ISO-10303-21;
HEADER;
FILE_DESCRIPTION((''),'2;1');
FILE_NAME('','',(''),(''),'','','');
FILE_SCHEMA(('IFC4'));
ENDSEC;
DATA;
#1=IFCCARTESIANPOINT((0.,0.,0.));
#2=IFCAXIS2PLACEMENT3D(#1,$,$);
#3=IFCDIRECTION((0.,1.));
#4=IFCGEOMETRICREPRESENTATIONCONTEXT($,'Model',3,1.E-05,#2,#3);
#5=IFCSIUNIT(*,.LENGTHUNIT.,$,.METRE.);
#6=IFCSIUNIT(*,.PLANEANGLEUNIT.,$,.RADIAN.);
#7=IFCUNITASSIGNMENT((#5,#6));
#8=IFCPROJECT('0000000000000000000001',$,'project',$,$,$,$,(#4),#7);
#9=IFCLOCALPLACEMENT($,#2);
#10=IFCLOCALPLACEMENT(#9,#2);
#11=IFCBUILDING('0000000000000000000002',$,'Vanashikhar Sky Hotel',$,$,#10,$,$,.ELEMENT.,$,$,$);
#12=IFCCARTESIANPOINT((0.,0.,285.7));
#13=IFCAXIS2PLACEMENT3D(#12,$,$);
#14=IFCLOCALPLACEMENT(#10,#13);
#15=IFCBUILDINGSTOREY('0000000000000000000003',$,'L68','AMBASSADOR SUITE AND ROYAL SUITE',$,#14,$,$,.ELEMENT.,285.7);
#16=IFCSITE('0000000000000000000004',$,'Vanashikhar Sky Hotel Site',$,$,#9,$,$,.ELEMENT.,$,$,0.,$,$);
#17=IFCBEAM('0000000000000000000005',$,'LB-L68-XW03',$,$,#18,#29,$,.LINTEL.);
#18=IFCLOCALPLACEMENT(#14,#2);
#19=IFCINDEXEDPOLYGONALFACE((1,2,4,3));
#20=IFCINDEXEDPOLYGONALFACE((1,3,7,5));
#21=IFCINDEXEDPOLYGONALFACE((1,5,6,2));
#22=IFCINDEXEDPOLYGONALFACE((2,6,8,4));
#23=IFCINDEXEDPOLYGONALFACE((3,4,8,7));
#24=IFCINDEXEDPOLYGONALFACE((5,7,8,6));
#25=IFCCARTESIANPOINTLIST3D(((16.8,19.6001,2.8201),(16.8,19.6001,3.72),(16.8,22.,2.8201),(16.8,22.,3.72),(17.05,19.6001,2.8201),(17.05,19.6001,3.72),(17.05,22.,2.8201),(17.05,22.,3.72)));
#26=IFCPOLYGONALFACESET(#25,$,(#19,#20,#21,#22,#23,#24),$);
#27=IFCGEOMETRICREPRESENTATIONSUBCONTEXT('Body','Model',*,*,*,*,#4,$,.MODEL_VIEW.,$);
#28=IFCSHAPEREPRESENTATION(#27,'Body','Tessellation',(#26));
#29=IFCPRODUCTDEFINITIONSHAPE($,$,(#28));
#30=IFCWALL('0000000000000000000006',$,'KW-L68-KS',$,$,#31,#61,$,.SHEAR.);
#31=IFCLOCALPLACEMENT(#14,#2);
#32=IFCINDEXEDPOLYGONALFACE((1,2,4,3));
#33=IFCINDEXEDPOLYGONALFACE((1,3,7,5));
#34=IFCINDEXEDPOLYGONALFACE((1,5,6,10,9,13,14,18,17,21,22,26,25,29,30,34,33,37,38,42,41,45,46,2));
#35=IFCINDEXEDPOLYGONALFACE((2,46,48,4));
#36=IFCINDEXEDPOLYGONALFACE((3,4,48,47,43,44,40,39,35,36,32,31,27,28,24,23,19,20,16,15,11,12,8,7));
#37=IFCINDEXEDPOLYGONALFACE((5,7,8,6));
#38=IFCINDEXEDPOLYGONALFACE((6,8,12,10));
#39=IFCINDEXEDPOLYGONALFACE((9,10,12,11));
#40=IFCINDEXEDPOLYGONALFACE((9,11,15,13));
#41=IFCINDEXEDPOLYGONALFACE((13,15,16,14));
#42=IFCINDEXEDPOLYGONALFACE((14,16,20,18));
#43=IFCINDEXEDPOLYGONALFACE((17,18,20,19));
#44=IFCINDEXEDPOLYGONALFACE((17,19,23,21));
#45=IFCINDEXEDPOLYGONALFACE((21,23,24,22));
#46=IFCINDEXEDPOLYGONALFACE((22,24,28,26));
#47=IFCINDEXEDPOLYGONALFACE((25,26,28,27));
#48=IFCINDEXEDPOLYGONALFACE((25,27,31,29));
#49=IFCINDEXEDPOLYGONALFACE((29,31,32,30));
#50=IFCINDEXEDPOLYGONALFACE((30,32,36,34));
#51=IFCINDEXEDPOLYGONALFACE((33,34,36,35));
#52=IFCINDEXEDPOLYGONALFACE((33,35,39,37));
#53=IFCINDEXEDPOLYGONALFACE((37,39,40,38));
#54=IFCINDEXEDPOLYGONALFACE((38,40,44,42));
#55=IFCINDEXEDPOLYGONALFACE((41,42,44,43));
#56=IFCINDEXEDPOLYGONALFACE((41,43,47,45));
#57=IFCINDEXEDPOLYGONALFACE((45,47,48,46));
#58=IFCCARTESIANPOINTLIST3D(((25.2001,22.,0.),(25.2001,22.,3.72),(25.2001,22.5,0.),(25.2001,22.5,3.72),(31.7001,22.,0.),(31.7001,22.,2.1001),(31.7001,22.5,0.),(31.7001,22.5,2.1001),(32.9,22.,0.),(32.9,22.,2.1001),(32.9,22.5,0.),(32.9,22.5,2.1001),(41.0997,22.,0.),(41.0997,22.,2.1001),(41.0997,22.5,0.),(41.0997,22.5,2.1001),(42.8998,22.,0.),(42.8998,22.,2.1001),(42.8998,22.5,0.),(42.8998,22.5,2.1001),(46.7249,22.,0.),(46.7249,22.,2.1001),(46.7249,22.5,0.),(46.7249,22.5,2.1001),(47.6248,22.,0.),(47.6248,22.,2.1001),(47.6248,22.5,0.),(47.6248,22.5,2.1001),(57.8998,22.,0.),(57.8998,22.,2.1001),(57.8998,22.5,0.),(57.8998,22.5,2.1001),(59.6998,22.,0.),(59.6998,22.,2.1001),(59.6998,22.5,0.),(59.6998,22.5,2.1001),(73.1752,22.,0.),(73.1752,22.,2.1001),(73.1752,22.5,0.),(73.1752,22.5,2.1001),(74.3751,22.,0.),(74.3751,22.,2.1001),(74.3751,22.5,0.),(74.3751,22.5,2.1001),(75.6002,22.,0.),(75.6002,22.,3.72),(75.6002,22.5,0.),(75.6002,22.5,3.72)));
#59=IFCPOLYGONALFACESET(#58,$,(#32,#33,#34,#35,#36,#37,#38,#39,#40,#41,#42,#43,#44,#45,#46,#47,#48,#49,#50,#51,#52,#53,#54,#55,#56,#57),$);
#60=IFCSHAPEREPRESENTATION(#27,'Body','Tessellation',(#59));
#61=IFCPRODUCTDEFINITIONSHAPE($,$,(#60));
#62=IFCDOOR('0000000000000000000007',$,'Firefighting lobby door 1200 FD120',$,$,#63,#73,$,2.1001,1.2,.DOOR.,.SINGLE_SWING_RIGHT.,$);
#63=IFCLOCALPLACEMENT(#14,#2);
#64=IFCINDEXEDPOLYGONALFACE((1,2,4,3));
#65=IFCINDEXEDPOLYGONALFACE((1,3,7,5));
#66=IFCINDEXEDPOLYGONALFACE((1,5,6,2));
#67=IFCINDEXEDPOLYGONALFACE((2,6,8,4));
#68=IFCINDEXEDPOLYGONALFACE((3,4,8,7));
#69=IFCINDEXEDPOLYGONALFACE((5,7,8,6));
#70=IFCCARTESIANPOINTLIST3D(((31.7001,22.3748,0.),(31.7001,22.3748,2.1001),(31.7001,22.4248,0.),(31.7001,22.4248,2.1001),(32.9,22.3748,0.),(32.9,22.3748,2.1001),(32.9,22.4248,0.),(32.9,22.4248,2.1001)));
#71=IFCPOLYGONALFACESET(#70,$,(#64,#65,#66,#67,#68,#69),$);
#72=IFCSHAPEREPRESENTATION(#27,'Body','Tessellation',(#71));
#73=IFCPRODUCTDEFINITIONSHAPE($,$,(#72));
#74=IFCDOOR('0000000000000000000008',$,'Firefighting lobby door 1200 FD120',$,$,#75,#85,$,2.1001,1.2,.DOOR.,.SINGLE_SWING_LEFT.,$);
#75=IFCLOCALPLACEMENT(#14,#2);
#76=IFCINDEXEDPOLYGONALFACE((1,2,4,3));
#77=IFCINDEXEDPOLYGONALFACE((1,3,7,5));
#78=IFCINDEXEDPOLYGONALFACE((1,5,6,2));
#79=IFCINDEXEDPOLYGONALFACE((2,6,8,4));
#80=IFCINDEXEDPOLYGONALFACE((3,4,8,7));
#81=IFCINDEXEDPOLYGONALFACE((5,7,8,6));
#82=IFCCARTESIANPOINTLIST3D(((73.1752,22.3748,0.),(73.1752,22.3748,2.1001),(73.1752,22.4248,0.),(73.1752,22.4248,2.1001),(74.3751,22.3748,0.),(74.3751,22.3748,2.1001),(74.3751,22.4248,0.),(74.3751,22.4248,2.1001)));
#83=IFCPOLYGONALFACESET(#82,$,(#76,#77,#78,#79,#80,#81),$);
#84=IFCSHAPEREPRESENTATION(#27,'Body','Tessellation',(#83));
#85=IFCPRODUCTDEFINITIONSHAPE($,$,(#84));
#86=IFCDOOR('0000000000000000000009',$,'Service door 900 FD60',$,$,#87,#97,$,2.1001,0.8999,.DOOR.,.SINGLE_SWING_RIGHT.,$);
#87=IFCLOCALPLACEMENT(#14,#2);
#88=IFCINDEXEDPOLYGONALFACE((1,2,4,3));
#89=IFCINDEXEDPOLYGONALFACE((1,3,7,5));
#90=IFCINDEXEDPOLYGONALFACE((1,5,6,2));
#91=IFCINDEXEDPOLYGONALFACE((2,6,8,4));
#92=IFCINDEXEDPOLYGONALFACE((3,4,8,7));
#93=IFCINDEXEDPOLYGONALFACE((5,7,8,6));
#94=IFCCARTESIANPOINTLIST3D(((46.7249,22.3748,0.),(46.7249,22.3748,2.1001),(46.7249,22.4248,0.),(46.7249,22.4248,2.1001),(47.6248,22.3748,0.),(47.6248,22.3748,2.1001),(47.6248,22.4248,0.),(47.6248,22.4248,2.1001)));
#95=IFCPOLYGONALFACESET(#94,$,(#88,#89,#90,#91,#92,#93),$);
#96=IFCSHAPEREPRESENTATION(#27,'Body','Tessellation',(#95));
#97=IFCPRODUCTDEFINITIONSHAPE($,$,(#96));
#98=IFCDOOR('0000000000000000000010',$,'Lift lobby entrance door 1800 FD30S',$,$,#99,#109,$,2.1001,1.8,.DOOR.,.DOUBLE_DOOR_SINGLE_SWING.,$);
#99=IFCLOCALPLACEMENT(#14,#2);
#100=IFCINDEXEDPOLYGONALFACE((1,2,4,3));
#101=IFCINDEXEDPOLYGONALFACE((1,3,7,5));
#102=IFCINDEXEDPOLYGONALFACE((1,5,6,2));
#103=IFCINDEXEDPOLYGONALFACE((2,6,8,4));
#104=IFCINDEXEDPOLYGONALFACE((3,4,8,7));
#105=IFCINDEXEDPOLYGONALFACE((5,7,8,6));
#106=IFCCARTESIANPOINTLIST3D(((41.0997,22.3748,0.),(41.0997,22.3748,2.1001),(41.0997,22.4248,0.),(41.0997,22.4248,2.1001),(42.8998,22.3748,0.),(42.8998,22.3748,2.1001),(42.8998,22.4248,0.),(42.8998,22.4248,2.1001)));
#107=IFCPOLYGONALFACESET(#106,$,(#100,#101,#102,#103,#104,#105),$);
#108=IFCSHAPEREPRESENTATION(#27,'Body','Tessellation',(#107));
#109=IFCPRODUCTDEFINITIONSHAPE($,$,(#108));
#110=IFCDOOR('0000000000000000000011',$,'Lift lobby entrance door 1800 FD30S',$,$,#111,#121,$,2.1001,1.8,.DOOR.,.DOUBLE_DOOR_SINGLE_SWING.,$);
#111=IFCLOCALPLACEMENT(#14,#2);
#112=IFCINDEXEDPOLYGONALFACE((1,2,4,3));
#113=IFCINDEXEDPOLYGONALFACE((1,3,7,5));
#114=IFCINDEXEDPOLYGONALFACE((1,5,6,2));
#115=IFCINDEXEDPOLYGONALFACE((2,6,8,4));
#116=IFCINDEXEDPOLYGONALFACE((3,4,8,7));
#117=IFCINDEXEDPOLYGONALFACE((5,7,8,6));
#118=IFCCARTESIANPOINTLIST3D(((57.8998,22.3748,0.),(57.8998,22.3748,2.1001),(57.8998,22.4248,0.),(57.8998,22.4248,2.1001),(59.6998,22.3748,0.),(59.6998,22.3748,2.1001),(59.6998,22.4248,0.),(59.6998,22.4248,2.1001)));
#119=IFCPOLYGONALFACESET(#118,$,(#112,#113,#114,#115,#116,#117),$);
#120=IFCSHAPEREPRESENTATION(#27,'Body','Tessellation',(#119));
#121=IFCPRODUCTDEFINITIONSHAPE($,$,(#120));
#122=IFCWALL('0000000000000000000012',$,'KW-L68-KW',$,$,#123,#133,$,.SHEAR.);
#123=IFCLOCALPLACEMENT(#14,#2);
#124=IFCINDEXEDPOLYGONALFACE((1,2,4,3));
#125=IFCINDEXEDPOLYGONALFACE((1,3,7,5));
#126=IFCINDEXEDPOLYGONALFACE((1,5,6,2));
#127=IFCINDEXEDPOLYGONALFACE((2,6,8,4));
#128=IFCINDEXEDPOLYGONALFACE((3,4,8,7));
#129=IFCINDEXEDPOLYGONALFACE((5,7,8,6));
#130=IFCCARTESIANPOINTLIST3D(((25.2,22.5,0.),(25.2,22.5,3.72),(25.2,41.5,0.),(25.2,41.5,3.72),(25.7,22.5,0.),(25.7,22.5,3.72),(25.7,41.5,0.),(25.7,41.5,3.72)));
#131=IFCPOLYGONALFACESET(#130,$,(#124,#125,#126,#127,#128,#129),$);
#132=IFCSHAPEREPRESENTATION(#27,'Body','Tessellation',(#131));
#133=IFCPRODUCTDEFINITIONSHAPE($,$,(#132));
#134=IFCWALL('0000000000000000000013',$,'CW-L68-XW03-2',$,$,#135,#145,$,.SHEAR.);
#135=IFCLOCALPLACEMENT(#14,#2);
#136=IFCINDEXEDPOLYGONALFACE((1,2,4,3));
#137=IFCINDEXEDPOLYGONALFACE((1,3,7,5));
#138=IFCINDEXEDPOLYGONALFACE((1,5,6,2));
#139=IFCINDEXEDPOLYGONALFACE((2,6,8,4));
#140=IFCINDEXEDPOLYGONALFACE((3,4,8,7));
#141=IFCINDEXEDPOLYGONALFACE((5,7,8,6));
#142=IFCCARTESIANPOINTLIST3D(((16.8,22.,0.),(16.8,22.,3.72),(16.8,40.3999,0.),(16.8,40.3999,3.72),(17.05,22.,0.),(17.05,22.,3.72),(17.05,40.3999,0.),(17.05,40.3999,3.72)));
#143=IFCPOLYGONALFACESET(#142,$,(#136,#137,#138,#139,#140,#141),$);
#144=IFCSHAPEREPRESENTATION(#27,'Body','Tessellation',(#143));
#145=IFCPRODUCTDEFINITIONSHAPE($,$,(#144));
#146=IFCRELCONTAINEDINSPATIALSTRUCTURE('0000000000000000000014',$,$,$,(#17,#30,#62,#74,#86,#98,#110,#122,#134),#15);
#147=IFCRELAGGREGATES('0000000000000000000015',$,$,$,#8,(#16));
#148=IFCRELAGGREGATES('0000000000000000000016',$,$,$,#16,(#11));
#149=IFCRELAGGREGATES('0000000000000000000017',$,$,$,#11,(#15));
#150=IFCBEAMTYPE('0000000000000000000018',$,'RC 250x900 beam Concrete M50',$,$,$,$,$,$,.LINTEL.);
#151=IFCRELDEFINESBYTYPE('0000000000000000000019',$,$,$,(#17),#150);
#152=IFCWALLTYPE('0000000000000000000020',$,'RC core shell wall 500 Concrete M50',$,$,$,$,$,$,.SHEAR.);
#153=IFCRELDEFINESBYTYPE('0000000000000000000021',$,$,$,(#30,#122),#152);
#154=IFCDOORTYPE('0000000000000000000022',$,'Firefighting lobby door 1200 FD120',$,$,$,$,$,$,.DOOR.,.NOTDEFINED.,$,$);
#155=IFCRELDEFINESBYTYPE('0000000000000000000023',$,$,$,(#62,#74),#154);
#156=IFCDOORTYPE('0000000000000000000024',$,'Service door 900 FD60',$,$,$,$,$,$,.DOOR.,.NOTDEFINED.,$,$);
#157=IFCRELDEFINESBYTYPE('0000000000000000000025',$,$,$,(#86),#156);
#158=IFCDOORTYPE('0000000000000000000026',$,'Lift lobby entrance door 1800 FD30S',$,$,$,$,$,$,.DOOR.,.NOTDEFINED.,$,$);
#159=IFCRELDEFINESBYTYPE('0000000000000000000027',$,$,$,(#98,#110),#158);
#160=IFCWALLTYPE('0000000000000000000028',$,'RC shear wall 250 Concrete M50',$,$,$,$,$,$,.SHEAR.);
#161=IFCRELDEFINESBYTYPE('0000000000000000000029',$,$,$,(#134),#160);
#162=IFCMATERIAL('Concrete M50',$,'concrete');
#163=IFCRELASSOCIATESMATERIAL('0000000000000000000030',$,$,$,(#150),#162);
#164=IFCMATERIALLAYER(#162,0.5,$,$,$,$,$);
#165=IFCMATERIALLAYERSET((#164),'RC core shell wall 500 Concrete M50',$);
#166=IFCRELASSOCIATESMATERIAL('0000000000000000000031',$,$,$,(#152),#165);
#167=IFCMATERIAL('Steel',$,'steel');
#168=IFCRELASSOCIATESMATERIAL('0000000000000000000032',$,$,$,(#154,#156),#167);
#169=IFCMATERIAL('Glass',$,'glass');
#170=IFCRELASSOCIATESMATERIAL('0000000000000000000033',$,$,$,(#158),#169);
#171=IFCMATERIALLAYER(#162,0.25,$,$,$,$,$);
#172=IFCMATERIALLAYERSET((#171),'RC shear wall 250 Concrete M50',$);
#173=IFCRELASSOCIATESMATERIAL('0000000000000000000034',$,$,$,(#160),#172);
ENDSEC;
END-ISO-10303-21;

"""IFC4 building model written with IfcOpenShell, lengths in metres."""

from ifc_helpers import new_model, si_unit, direction, frame, frame_2d, origin, origin_2d, place, context, subcontext, project, spatial, rectangle, extrude, source, transform, mapped, material, layer, layer_set, material_profile, profile_set, type_object, element, fill, save


model = new_model("IFC4")

# Units and contexts
model_context = context("Model", 3, precision=1e-05, world=origin(), true_north=direction((0.0, 1.0)))
body_context = subcontext(model_context, "Body", "Model", "MODEL_VIEW")
ifc_project = project(units=[si_unit("LENGTHUNIT", "METRE"), si_unit("PLANEANGLEUNIT", "RADIAN")], contexts=[model_context])

# Site, building, storey
site_placement = place(None, origin())
site = spatial("IfcSite", under=ifc_project, at=site_placement, Name="Vanashikhar Sky Hotel Site", CompositionType="ELEMENT", RefElevation=0.0)
building_placement = place(site_placement, origin())
building = spatial("IfcBuilding", under=site, at=building_placement, Name="Vanashikhar Sky Hotel", CompositionType="ELEMENT")
storey_placement = place(building_placement, frame((0.0, 0.0, 285.7)))
storey = spatial("IfcBuildingStorey", under=building, at=storey_placement, Name="L68", Description="AMBASSADOR SUITE AND ROYAL SUITE", CompositionType="ELEMENT", Elevation=285.7)

# Beam
ifc_material_1 = material(Name="Concrete M50", Category="concrete")
ifc_material_profile = material_profile(ifc_material_1, rectangle(XDim=0.25, YDim=0.8999, at=origin_2d()))
ifc_profile_set = profile_set([ifc_material_profile], Name="RC 250x900 beam Concrete M50")
beam_type = type_object("IfcBeamType", Name="RC 250x900 beam Concrete M50", PredefinedType="LINTEL", material=ifc_profile_set)
shared_shape_1 = source(origin(), body_context, "Body", "SweptSolid", [
    extrude(rectangle(XDim=0.25, YDim=0.8999, at=origin_2d()), origin(), (0.0, 0.0, 1.0), 2.3999),
])
beam_placement = place(storey_placement, frame((16.925, 19.6001, 3.27), z_axis=(0.0, 1.0, 0.0), x_axis=(-1.0, 0.0, 0.0)))
element("IfcBeam", 1, at=beam_placement, inside=storey, type_object=beam_type, Name="LB-L68-XW03", PredefinedType="LINTEL", context=body_context, shape_type="MappedRepresentation", body=[
    mapped(shared_shape_1, transform((0.0, 0.0, 0.0), scale=1.0)),
])

# Wall, openings, doors
ifc_layer_1 = layer(ifc_material_1, 0.5)
ifc_layer_set_1 = layer_set([ifc_layer_1], Name="RC core shell wall 500 Concrete M50")
wall_type_1 = type_object("IfcWallType", Name="RC core shell wall 500 Concrete M50", PredefinedType="SHEAR", material=ifc_layer_set_1)
shared_shape_2 = source(origin(), body_context, "Body", "SweptSolid", [
    extrude(rectangle(XDim=50.4001, YDim=0.5, at=frame_2d((25.2002, 0.0))), origin(), (0.0, 0.0, 1.0), 3.72),
])
wall_1_placement = place(storey_placement, frame((25.2, 22.25, 0.0), z_axis=(0.0, 0.0, 1.0), x_axis=(1.0, 0.0, 0.0)))
wall_1 = element("IfcWall", 2, at=wall_1_placement, inside=storey, type_object=wall_type_1, Name="KW-L68-KS", PredefinedType="SHEAR", context=body_context, shape_type="MappedRepresentation", body=[
    mapped(shared_shape_2, transform((0.0, 0.0, 0.0), scale=1.0)),
])
shared_shape_3 = source(origin(), body_context, "Body", "SweptSolid", [
    extrude(rectangle(XDim=1.8, YDim=2.1001, at=frame_2d((0.8999, 1.05))), frame((0.0, 0.26, 0.0), z_axis=(0.0, -1.0, 0.0), x_axis=(1.0, 0.0, 0.0)), (0.0, 0.0, 1.0), 0.52),
])
opening_1_placement = place(wall_1_placement, frame((15.8999, 0.0, 0.0)))
opening_1 = element("IfcOpeningElement", 3, at=opening_1_placement, cuts=wall_1, PredefinedType="OPENING", context=body_context, shape_type="MappedRepresentation", body=[
    mapped(shared_shape_3, transform((0.0, 0.0, 0.0), scale=1.0)),
])
shared_shape_4 = source(origin(), body_context, "Body", "SweptSolid", [
    extrude(rectangle(XDim=0.8999, YDim=2.1001, at=frame_2d((0.45, 1.05))), frame((0.0, 0.26, 0.0), z_axis=(0.0, -1.0, 0.0), x_axis=(1.0, 0.0, 0.0)), (0.0, 0.0, 1.0), 0.52),
])
opening_2_placement = place(wall_1_placement, frame((21.5249, 0.0, 0.0)))
opening_2 = element("IfcOpeningElement", 4, at=opening_2_placement, cuts=wall_1, PredefinedType="OPENING", context=body_context, shape_type="MappedRepresentation", body=[
    mapped(shared_shape_4, transform((0.0, 0.0, 0.0), scale=1.0)),
])
opening_3_placement = place(wall_1_placement, frame((32.7, 0.0, 0.0)))
opening_3 = element("IfcOpeningElement", 5, at=opening_3_placement, cuts=wall_1, PredefinedType="OPENING", context=body_context, shape_type="MappedRepresentation", body=[
    mapped(shared_shape_3, transform((0.0, 0.0, 0.0), scale=1.0)),
])
shared_shape_5 = source(origin(), body_context, "Body", "SweptSolid", [
    extrude(rectangle(XDim=1.2, YDim=2.1001, at=frame_2d((0.6001, 1.05))), frame((0.0, 0.26, 0.0), z_axis=(0.0, -1.0, 0.0), x_axis=(1.0, 0.0, 0.0)), (0.0, 0.0, 1.0), 0.52),
])
opening_4_placement = place(wall_1_placement, frame((6.5, 0.0, 0.0)))
opening_4 = element("IfcOpeningElement", 6, at=opening_4_placement, cuts=wall_1, PredefinedType="OPENING", context=body_context, shape_type="MappedRepresentation", body=[
    mapped(shared_shape_5, transform((0.0, 0.0, 0.0), scale=1.0)),
])
opening_5_placement = place(wall_1_placement, frame((47.9751, 0.0, 0.0)))
opening_5 = element("IfcOpeningElement", 7, at=opening_5_placement, cuts=wall_1, PredefinedType="OPENING", context=body_context, shape_type="MappedRepresentation", body=[
    mapped(shared_shape_5, transform((0.0, 0.0, 0.0), scale=1.0)),
])
ifc_material_2 = material(Name="Steel", Category="steel")
door_type_1 = type_object("IfcDoorType", Name="Firefighting lobby door 1200 FD120", OperationType="NOTDEFINED", PredefinedType="DOOR", material=ifc_material_2)
shared_shape_6 = source(origin(), body_context, "Body", "SweptSolid", [
    extrude(rectangle(XDim=1.2, YDim=2.1001, at=frame_2d((0.6001, 1.05))), frame((0.0, 0.1748, 0.0), z_axis=(0.0, -1.0, 0.0), x_axis=(1.0, 0.0, 0.0)), (0.0, 0.0, 1.0), 0.05),
])
door_1_placement = place(opening_4_placement, origin())
door_1 = element("IfcDoor", 8, at=door_1_placement, inside=storey, type_object=door_type_1, Name="Firefighting lobby door 1200 FD120", OperationType="SINGLE_SWING_RIGHT", OverallHeight=2.1001, OverallWidth=1.2, PredefinedType="DOOR", context=body_context, shape_type="MappedRepresentation", body=[
    mapped(shared_shape_6, transform((0.0, 0.0, 0.0), scale=1.0)),
])
fill(opening_4, door_1)
door_2_placement = place(opening_5_placement, origin())
door_2 = element("IfcDoor", 9, at=door_2_placement, inside=storey, type_object=door_type_1, Name="Firefighting lobby door 1200 FD120", OperationType="SINGLE_SWING_LEFT", OverallHeight=2.1001, OverallWidth=1.2, PredefinedType="DOOR", context=body_context, shape_type="MappedRepresentation", body=[
    mapped(shared_shape_6, transform((0.0, 0.0, 0.0), scale=1.0)),
])
fill(opening_5, door_2)
door_type_2 = type_object("IfcDoorType", Name="Service door 900 FD60", OperationType="NOTDEFINED", PredefinedType="DOOR", material=ifc_material_2)
shared_shape_7 = source(origin(), body_context, "Body", "SweptSolid", [
    extrude(rectangle(XDim=0.8999, YDim=2.1001, at=frame_2d((0.45, 1.05))), frame((0.0, 0.1748, 0.0), z_axis=(0.0, -1.0, 0.0), x_axis=(1.0, 0.0, 0.0)), (0.0, 0.0, 1.0), 0.05),
])
door_3_placement = place(opening_2_placement, origin())
door_3 = element("IfcDoor", 10, at=door_3_placement, inside=storey, type_object=door_type_2, Name="Service door 900 FD60", OperationType="SINGLE_SWING_RIGHT", OverallHeight=2.1001, OverallWidth=0.8999, PredefinedType="DOOR", context=body_context, shape_type="MappedRepresentation", body=[
    mapped(shared_shape_7, transform((0.0, 0.0, 0.0), scale=1.0)),
])
fill(opening_2, door_3)
ifc_material_3 = material(Name="Glass", Category="glass")
door_type_3 = type_object("IfcDoorType", Name="Lift lobby entrance door 1800 FD30S", OperationType="NOTDEFINED", PredefinedType="DOOR", material=ifc_material_3)
shared_shape_8 = source(origin(), body_context, "Body", "SweptSolid", [
    extrude(rectangle(XDim=1.8, YDim=2.1001, at=frame_2d((0.8999, 1.05))), frame((0.0, 0.1748, 0.0), z_axis=(0.0, -1.0, 0.0), x_axis=(1.0, 0.0, 0.0)), (0.0, 0.0, 1.0), 0.05),
])
door_4_placement = place(opening_1_placement, origin())
door_4 = element("IfcDoor", 11, at=door_4_placement, inside=storey, type_object=door_type_3, Name="Lift lobby entrance door 1800 FD30S", OperationType="DOUBLE_DOOR_SINGLE_SWING", OverallHeight=2.1001, OverallWidth=1.8, PredefinedType="DOOR", context=body_context, shape_type="MappedRepresentation", body=[
    mapped(shared_shape_8, transform((0.0, 0.0, 0.0), scale=1.0)),
])
fill(opening_1, door_4)
door_5_placement = place(opening_3_placement, origin())
door_5 = element("IfcDoor", 12, at=door_5_placement, inside=storey, type_object=door_type_3, Name="Lift lobby entrance door 1800 FD30S", OperationType="DOUBLE_DOOR_SINGLE_SWING", OverallHeight=2.1001, OverallWidth=1.8, PredefinedType="DOOR", context=body_context, shape_type="MappedRepresentation", body=[
    mapped(shared_shape_8, transform((0.0, 0.0, 0.0), scale=1.0)),
])
fill(opening_3, door_5)

# Walls
shared_shape_9 = source(origin(), body_context, "Body", "SweptSolid", [
    extrude(rectangle(XDim=19.0, YDim=0.5, at=frame_2d((9.5, 0.0))), origin(), (0.0, 0.0, 1.0), 3.72),
])
wall_2_placement = place(storey_placement, frame((25.45, 22.5, 0.0), z_axis=(0.0, 0.0, 1.0), x_axis=(0.0, 1.0, 0.0)))
element("IfcWall", 13, at=wall_2_placement, inside=storey, type_object=wall_type_1, Name="KW-L68-KW", PredefinedType="SHEAR", context=body_context, shape_type="MappedRepresentation", body=[
    mapped(shared_shape_9, transform((0.0, 0.0, 0.0), scale=1.0)),
])
ifc_layer_2 = layer(ifc_material_1, 0.25)
ifc_layer_set_2 = layer_set([ifc_layer_2], Name="RC shear wall 250 Concrete M50")
wall_type_2 = type_object("IfcWallType", Name="RC shear wall 250 Concrete M50", PredefinedType="SHEAR", material=ifc_layer_set_2)
shared_shape_10 = source(origin(), body_context, "Body", "SweptSolid", [
    extrude(rectangle(XDim=18.3999, YDim=0.25, at=frame_2d((9.2, 0.0))), origin(), (0.0, 0.0, 1.0), 3.72),
])
wall_3_placement = place(storey_placement, frame((16.925, 22.0, 0.0), z_axis=(0.0, 0.0, 1.0), x_axis=(0.0, 1.0, 0.0)))
element("IfcWall", 14, at=wall_3_placement, inside=storey, type_object=wall_type_2, Name="CW-L68-XW03-2", PredefinedType="SHEAR", context=body_context, shape_type="MappedRepresentation", body=[
    mapped(shared_shape_10, transform((0.0, 0.0, 0.0), scale=1.0)),
])

save(model, "model.ifc")
